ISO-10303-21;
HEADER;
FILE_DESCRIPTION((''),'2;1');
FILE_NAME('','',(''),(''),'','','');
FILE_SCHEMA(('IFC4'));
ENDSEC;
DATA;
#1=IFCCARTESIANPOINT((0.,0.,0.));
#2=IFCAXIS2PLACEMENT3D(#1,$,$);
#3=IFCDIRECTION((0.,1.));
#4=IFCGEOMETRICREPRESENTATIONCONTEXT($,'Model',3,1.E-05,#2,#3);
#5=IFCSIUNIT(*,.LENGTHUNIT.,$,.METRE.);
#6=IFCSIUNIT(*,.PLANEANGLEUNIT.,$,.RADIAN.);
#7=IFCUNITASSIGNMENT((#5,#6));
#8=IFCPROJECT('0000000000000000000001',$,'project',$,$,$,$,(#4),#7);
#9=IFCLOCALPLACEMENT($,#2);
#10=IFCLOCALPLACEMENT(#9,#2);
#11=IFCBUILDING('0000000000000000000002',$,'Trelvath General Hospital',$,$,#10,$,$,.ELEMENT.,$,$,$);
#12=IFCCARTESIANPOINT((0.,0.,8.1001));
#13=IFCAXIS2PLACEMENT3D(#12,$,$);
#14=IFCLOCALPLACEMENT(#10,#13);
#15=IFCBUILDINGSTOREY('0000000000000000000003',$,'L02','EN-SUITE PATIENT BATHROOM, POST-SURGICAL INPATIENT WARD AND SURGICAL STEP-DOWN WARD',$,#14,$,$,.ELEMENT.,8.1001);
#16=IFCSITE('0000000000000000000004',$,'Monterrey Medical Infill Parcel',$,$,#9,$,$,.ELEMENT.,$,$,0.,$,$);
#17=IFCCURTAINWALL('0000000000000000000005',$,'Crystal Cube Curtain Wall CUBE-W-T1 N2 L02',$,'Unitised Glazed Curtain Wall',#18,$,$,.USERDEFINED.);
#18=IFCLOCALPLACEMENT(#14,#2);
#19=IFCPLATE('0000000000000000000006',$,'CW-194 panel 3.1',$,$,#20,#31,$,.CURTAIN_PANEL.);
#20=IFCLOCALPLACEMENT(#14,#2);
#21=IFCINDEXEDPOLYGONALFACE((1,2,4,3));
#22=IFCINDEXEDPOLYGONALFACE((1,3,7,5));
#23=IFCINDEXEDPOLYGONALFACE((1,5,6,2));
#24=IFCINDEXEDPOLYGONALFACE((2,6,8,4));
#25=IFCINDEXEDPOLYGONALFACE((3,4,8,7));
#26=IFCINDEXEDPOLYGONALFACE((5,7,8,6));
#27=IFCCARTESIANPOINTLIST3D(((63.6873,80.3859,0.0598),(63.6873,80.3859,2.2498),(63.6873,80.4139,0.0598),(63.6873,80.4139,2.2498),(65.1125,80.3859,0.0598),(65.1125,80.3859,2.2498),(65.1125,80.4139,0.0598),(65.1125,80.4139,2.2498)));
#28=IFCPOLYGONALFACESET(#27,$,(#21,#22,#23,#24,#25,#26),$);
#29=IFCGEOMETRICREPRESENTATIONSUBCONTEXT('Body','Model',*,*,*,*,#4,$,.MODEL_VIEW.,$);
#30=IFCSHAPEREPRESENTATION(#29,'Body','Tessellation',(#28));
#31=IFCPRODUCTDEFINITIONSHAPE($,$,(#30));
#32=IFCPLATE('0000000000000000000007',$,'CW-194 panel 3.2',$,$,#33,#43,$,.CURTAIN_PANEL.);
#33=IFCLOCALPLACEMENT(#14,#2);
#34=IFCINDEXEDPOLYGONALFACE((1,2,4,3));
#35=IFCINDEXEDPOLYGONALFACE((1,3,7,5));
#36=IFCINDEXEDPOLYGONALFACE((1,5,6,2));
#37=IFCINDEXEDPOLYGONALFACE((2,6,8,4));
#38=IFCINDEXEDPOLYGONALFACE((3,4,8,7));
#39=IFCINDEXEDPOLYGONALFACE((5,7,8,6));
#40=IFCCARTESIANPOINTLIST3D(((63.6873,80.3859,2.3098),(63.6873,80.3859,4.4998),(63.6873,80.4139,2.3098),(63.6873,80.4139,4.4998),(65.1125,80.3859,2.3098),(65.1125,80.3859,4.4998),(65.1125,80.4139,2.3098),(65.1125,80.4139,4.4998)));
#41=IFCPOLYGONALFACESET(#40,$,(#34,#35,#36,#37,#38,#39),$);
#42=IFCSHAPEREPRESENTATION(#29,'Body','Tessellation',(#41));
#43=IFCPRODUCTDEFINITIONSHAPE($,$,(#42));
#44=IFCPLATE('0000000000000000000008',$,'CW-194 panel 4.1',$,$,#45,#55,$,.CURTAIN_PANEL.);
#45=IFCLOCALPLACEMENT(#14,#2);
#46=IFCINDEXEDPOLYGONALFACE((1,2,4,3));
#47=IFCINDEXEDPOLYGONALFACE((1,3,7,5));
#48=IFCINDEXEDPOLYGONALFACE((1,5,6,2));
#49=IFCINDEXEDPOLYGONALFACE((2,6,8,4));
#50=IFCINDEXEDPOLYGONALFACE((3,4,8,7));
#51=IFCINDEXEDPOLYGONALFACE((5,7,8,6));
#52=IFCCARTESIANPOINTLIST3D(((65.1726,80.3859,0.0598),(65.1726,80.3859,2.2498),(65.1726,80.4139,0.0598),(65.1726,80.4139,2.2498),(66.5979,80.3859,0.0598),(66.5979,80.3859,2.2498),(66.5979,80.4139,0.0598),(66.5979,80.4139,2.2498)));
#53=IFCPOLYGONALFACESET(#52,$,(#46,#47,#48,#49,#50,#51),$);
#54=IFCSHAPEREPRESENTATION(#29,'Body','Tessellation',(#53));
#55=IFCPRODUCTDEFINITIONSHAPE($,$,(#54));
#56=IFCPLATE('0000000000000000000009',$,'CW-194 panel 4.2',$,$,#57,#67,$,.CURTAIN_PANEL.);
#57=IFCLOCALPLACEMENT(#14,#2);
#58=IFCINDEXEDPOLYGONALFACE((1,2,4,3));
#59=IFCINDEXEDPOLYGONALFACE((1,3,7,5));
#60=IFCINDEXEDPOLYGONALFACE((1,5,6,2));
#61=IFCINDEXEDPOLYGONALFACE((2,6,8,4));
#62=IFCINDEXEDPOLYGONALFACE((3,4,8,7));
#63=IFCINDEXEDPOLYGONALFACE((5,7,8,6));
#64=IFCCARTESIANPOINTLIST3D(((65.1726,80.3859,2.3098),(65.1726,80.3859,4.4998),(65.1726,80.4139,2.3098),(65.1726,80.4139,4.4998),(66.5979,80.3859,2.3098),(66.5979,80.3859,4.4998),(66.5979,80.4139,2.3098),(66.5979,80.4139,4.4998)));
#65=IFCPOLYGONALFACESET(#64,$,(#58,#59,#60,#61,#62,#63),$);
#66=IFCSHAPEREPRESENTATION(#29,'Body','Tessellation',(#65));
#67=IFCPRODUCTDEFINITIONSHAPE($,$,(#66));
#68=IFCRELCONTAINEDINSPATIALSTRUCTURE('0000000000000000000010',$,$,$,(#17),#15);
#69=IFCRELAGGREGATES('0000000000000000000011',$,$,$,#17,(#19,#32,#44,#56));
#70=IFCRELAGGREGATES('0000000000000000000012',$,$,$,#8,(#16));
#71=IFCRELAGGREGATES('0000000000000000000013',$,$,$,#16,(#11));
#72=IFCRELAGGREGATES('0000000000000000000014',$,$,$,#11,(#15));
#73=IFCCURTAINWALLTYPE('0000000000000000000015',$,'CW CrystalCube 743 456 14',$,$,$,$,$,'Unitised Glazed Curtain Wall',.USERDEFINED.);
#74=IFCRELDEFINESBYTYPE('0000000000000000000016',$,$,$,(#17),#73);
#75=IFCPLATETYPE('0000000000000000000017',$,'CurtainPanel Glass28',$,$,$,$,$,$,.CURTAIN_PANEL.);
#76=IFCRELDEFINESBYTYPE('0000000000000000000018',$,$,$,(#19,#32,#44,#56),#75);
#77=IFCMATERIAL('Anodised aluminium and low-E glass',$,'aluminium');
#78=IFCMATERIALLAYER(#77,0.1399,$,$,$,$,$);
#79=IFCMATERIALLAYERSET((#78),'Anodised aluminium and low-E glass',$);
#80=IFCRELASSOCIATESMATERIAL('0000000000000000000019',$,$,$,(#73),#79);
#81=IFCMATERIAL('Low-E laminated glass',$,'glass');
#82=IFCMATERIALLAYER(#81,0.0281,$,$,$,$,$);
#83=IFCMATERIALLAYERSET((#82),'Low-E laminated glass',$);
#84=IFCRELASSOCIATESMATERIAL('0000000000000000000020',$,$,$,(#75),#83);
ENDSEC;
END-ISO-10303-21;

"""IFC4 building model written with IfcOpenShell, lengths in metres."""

from ifc_helpers import new_model, si_unit, direction, frame, origin, origin_2d, place, context, subcontext, project, spatial, rectangle, extrude, material, layer, layer_set, type_object, element, aggregate, save


model = new_model("IFC4")

# Units and contexts
model_context = context("Model", 3, precision=1e-05, world=origin(), true_north=direction((0.0, 1.0)))
body_context = subcontext(model_context, "Body", "Model", "MODEL_VIEW")
ifc_project = project(units=[si_unit("LENGTHUNIT", "METRE"), si_unit("PLANEANGLEUNIT", "RADIAN")], contexts=[model_context])

# Site, building, storey
site_placement = place(None, origin())
site = spatial("IfcSite", under=ifc_project, at=site_placement, Name="Monterrey Medical Infill Parcel", CompositionType="ELEMENT", RefElevation=0.0)
building_placement = place(site_placement, origin())
building = spatial("IfcBuilding", under=site, at=building_placement, Name="Trelvath General Hospital", CompositionType="ELEMENT")
storey_placement = place(building_placement, frame((0.0, 0.0, 8.1001)))
storey = spatial("IfcBuildingStorey", under=building, at=storey_placement, Name="L02", Description="EN-SUITE PATIENT BATHROOM, POST-SURGICAL INPATIENT WARD AND SURGICAL STEP-DOWN WARD", CompositionType="ELEMENT", Elevation=8.1001)

# Curtain wall, plates
ifc_material_1 = material(Name="Anodised aluminium and low-E glass", Category="aluminium")
ifc_layer_1 = layer(ifc_material_1, 0.1399)
ifc_layer_set_1 = layer_set([ifc_layer_1], Name="Anodised aluminium and low-E glass")
curtain_wall_type = type_object("IfcCurtainWallType", Name="CW CrystalCube 743 456 14", ElementType="Unitised Glazed Curtain Wall", PredefinedType="USERDEFINED", material=ifc_layer_set_1)
curtain_wall_placement = place(storey_placement, origin())
curtain_wall = element("IfcCurtainWall", 1, at=curtain_wall_placement, inside=storey, type_object=curtain_wall_type, Name="Crystal Cube Curtain Wall CUBE-W-T1 N2 L02", ObjectType="Unitised Glazed Curtain Wall", PredefinedType="USERDEFINED")
ifc_material_2 = material(Name="Low-E laminated glass", Category="glass")
ifc_layer_2 = layer(ifc_material_2, 0.0281)
ifc_layer_set_2 = layer_set([ifc_layer_2], Name="Low-E laminated glass")
plate_type = type_object("IfcPlateType", Name="CurtainPanel Glass28", PredefinedType="CURTAIN_PANEL", material=ifc_layer_set_2)
plate_1_placement = place(storey_placement, frame((64.3999, 80.3999, 0.0598), z_axis=(0.0, 0.0, 1.0), x_axis=(1.0, 0.0, 0.0)))
plate_1 = element("IfcPlate", 2, at=plate_1_placement, type_object=plate_type, Name="CW-194 panel 3.1", PredefinedType="CURTAIN_PANEL", context=body_context, shape_type="SweptSolid", body=[
    extrude(rectangle(XDim=1.4253, YDim=0.0281, at=origin_2d()), origin(), (0.0, 0.0, 1.0), 2.1899),
])
plate_2_placement = place(storey_placement, frame((64.3999, 80.3999, 2.3098), z_axis=(0.0, 0.0, 1.0), x_axis=(1.0, 0.0, 0.0)))
plate_2 = element("IfcPlate", 3, at=plate_2_placement, type_object=plate_type, Name="CW-194 panel 3.2", PredefinedType="CURTAIN_PANEL", context=body_context, shape_type="SweptSolid", body=[
    extrude(rectangle(XDim=1.4253, YDim=0.0281, at=origin_2d()), origin(), (0.0, 0.0, 1.0), 2.1899),
])
plate_3_placement = place(storey_placement, frame((65.8853, 80.3999, 0.0598), z_axis=(0.0, 0.0, 1.0), x_axis=(1.0, 0.0, 0.0)))
plate_3 = element("IfcPlate", 4, at=plate_3_placement, type_object=plate_type, Name="CW-194 panel 4.1", PredefinedType="CURTAIN_PANEL", context=body_context, shape_type="SweptSolid", body=[
    extrude(rectangle(XDim=1.4253, YDim=0.0281, at=origin_2d()), origin(), (0.0, 0.0, 1.0), 2.1899),
])
plate_4_placement = place(storey_placement, frame((65.8853, 80.3999, 2.3098), z_axis=(0.0, 0.0, 1.0), x_axis=(1.0, 0.0, 0.0)))
plate_4 = element("IfcPlate", 5, at=plate_4_placement, type_object=plate_type, Name="CW-194 panel 4.2", PredefinedType="CURTAIN_PANEL", context=body_context, shape_type="SweptSolid", body=[
    extrude(rectangle(XDim=1.4253, YDim=0.0281, at=origin_2d()), origin(), (0.0, 0.0, 1.0), 2.1899),
])
aggregate(curtain_wall, [plate_1, plate_2, plate_3, plate_4])

save(model, "model.ifc")
